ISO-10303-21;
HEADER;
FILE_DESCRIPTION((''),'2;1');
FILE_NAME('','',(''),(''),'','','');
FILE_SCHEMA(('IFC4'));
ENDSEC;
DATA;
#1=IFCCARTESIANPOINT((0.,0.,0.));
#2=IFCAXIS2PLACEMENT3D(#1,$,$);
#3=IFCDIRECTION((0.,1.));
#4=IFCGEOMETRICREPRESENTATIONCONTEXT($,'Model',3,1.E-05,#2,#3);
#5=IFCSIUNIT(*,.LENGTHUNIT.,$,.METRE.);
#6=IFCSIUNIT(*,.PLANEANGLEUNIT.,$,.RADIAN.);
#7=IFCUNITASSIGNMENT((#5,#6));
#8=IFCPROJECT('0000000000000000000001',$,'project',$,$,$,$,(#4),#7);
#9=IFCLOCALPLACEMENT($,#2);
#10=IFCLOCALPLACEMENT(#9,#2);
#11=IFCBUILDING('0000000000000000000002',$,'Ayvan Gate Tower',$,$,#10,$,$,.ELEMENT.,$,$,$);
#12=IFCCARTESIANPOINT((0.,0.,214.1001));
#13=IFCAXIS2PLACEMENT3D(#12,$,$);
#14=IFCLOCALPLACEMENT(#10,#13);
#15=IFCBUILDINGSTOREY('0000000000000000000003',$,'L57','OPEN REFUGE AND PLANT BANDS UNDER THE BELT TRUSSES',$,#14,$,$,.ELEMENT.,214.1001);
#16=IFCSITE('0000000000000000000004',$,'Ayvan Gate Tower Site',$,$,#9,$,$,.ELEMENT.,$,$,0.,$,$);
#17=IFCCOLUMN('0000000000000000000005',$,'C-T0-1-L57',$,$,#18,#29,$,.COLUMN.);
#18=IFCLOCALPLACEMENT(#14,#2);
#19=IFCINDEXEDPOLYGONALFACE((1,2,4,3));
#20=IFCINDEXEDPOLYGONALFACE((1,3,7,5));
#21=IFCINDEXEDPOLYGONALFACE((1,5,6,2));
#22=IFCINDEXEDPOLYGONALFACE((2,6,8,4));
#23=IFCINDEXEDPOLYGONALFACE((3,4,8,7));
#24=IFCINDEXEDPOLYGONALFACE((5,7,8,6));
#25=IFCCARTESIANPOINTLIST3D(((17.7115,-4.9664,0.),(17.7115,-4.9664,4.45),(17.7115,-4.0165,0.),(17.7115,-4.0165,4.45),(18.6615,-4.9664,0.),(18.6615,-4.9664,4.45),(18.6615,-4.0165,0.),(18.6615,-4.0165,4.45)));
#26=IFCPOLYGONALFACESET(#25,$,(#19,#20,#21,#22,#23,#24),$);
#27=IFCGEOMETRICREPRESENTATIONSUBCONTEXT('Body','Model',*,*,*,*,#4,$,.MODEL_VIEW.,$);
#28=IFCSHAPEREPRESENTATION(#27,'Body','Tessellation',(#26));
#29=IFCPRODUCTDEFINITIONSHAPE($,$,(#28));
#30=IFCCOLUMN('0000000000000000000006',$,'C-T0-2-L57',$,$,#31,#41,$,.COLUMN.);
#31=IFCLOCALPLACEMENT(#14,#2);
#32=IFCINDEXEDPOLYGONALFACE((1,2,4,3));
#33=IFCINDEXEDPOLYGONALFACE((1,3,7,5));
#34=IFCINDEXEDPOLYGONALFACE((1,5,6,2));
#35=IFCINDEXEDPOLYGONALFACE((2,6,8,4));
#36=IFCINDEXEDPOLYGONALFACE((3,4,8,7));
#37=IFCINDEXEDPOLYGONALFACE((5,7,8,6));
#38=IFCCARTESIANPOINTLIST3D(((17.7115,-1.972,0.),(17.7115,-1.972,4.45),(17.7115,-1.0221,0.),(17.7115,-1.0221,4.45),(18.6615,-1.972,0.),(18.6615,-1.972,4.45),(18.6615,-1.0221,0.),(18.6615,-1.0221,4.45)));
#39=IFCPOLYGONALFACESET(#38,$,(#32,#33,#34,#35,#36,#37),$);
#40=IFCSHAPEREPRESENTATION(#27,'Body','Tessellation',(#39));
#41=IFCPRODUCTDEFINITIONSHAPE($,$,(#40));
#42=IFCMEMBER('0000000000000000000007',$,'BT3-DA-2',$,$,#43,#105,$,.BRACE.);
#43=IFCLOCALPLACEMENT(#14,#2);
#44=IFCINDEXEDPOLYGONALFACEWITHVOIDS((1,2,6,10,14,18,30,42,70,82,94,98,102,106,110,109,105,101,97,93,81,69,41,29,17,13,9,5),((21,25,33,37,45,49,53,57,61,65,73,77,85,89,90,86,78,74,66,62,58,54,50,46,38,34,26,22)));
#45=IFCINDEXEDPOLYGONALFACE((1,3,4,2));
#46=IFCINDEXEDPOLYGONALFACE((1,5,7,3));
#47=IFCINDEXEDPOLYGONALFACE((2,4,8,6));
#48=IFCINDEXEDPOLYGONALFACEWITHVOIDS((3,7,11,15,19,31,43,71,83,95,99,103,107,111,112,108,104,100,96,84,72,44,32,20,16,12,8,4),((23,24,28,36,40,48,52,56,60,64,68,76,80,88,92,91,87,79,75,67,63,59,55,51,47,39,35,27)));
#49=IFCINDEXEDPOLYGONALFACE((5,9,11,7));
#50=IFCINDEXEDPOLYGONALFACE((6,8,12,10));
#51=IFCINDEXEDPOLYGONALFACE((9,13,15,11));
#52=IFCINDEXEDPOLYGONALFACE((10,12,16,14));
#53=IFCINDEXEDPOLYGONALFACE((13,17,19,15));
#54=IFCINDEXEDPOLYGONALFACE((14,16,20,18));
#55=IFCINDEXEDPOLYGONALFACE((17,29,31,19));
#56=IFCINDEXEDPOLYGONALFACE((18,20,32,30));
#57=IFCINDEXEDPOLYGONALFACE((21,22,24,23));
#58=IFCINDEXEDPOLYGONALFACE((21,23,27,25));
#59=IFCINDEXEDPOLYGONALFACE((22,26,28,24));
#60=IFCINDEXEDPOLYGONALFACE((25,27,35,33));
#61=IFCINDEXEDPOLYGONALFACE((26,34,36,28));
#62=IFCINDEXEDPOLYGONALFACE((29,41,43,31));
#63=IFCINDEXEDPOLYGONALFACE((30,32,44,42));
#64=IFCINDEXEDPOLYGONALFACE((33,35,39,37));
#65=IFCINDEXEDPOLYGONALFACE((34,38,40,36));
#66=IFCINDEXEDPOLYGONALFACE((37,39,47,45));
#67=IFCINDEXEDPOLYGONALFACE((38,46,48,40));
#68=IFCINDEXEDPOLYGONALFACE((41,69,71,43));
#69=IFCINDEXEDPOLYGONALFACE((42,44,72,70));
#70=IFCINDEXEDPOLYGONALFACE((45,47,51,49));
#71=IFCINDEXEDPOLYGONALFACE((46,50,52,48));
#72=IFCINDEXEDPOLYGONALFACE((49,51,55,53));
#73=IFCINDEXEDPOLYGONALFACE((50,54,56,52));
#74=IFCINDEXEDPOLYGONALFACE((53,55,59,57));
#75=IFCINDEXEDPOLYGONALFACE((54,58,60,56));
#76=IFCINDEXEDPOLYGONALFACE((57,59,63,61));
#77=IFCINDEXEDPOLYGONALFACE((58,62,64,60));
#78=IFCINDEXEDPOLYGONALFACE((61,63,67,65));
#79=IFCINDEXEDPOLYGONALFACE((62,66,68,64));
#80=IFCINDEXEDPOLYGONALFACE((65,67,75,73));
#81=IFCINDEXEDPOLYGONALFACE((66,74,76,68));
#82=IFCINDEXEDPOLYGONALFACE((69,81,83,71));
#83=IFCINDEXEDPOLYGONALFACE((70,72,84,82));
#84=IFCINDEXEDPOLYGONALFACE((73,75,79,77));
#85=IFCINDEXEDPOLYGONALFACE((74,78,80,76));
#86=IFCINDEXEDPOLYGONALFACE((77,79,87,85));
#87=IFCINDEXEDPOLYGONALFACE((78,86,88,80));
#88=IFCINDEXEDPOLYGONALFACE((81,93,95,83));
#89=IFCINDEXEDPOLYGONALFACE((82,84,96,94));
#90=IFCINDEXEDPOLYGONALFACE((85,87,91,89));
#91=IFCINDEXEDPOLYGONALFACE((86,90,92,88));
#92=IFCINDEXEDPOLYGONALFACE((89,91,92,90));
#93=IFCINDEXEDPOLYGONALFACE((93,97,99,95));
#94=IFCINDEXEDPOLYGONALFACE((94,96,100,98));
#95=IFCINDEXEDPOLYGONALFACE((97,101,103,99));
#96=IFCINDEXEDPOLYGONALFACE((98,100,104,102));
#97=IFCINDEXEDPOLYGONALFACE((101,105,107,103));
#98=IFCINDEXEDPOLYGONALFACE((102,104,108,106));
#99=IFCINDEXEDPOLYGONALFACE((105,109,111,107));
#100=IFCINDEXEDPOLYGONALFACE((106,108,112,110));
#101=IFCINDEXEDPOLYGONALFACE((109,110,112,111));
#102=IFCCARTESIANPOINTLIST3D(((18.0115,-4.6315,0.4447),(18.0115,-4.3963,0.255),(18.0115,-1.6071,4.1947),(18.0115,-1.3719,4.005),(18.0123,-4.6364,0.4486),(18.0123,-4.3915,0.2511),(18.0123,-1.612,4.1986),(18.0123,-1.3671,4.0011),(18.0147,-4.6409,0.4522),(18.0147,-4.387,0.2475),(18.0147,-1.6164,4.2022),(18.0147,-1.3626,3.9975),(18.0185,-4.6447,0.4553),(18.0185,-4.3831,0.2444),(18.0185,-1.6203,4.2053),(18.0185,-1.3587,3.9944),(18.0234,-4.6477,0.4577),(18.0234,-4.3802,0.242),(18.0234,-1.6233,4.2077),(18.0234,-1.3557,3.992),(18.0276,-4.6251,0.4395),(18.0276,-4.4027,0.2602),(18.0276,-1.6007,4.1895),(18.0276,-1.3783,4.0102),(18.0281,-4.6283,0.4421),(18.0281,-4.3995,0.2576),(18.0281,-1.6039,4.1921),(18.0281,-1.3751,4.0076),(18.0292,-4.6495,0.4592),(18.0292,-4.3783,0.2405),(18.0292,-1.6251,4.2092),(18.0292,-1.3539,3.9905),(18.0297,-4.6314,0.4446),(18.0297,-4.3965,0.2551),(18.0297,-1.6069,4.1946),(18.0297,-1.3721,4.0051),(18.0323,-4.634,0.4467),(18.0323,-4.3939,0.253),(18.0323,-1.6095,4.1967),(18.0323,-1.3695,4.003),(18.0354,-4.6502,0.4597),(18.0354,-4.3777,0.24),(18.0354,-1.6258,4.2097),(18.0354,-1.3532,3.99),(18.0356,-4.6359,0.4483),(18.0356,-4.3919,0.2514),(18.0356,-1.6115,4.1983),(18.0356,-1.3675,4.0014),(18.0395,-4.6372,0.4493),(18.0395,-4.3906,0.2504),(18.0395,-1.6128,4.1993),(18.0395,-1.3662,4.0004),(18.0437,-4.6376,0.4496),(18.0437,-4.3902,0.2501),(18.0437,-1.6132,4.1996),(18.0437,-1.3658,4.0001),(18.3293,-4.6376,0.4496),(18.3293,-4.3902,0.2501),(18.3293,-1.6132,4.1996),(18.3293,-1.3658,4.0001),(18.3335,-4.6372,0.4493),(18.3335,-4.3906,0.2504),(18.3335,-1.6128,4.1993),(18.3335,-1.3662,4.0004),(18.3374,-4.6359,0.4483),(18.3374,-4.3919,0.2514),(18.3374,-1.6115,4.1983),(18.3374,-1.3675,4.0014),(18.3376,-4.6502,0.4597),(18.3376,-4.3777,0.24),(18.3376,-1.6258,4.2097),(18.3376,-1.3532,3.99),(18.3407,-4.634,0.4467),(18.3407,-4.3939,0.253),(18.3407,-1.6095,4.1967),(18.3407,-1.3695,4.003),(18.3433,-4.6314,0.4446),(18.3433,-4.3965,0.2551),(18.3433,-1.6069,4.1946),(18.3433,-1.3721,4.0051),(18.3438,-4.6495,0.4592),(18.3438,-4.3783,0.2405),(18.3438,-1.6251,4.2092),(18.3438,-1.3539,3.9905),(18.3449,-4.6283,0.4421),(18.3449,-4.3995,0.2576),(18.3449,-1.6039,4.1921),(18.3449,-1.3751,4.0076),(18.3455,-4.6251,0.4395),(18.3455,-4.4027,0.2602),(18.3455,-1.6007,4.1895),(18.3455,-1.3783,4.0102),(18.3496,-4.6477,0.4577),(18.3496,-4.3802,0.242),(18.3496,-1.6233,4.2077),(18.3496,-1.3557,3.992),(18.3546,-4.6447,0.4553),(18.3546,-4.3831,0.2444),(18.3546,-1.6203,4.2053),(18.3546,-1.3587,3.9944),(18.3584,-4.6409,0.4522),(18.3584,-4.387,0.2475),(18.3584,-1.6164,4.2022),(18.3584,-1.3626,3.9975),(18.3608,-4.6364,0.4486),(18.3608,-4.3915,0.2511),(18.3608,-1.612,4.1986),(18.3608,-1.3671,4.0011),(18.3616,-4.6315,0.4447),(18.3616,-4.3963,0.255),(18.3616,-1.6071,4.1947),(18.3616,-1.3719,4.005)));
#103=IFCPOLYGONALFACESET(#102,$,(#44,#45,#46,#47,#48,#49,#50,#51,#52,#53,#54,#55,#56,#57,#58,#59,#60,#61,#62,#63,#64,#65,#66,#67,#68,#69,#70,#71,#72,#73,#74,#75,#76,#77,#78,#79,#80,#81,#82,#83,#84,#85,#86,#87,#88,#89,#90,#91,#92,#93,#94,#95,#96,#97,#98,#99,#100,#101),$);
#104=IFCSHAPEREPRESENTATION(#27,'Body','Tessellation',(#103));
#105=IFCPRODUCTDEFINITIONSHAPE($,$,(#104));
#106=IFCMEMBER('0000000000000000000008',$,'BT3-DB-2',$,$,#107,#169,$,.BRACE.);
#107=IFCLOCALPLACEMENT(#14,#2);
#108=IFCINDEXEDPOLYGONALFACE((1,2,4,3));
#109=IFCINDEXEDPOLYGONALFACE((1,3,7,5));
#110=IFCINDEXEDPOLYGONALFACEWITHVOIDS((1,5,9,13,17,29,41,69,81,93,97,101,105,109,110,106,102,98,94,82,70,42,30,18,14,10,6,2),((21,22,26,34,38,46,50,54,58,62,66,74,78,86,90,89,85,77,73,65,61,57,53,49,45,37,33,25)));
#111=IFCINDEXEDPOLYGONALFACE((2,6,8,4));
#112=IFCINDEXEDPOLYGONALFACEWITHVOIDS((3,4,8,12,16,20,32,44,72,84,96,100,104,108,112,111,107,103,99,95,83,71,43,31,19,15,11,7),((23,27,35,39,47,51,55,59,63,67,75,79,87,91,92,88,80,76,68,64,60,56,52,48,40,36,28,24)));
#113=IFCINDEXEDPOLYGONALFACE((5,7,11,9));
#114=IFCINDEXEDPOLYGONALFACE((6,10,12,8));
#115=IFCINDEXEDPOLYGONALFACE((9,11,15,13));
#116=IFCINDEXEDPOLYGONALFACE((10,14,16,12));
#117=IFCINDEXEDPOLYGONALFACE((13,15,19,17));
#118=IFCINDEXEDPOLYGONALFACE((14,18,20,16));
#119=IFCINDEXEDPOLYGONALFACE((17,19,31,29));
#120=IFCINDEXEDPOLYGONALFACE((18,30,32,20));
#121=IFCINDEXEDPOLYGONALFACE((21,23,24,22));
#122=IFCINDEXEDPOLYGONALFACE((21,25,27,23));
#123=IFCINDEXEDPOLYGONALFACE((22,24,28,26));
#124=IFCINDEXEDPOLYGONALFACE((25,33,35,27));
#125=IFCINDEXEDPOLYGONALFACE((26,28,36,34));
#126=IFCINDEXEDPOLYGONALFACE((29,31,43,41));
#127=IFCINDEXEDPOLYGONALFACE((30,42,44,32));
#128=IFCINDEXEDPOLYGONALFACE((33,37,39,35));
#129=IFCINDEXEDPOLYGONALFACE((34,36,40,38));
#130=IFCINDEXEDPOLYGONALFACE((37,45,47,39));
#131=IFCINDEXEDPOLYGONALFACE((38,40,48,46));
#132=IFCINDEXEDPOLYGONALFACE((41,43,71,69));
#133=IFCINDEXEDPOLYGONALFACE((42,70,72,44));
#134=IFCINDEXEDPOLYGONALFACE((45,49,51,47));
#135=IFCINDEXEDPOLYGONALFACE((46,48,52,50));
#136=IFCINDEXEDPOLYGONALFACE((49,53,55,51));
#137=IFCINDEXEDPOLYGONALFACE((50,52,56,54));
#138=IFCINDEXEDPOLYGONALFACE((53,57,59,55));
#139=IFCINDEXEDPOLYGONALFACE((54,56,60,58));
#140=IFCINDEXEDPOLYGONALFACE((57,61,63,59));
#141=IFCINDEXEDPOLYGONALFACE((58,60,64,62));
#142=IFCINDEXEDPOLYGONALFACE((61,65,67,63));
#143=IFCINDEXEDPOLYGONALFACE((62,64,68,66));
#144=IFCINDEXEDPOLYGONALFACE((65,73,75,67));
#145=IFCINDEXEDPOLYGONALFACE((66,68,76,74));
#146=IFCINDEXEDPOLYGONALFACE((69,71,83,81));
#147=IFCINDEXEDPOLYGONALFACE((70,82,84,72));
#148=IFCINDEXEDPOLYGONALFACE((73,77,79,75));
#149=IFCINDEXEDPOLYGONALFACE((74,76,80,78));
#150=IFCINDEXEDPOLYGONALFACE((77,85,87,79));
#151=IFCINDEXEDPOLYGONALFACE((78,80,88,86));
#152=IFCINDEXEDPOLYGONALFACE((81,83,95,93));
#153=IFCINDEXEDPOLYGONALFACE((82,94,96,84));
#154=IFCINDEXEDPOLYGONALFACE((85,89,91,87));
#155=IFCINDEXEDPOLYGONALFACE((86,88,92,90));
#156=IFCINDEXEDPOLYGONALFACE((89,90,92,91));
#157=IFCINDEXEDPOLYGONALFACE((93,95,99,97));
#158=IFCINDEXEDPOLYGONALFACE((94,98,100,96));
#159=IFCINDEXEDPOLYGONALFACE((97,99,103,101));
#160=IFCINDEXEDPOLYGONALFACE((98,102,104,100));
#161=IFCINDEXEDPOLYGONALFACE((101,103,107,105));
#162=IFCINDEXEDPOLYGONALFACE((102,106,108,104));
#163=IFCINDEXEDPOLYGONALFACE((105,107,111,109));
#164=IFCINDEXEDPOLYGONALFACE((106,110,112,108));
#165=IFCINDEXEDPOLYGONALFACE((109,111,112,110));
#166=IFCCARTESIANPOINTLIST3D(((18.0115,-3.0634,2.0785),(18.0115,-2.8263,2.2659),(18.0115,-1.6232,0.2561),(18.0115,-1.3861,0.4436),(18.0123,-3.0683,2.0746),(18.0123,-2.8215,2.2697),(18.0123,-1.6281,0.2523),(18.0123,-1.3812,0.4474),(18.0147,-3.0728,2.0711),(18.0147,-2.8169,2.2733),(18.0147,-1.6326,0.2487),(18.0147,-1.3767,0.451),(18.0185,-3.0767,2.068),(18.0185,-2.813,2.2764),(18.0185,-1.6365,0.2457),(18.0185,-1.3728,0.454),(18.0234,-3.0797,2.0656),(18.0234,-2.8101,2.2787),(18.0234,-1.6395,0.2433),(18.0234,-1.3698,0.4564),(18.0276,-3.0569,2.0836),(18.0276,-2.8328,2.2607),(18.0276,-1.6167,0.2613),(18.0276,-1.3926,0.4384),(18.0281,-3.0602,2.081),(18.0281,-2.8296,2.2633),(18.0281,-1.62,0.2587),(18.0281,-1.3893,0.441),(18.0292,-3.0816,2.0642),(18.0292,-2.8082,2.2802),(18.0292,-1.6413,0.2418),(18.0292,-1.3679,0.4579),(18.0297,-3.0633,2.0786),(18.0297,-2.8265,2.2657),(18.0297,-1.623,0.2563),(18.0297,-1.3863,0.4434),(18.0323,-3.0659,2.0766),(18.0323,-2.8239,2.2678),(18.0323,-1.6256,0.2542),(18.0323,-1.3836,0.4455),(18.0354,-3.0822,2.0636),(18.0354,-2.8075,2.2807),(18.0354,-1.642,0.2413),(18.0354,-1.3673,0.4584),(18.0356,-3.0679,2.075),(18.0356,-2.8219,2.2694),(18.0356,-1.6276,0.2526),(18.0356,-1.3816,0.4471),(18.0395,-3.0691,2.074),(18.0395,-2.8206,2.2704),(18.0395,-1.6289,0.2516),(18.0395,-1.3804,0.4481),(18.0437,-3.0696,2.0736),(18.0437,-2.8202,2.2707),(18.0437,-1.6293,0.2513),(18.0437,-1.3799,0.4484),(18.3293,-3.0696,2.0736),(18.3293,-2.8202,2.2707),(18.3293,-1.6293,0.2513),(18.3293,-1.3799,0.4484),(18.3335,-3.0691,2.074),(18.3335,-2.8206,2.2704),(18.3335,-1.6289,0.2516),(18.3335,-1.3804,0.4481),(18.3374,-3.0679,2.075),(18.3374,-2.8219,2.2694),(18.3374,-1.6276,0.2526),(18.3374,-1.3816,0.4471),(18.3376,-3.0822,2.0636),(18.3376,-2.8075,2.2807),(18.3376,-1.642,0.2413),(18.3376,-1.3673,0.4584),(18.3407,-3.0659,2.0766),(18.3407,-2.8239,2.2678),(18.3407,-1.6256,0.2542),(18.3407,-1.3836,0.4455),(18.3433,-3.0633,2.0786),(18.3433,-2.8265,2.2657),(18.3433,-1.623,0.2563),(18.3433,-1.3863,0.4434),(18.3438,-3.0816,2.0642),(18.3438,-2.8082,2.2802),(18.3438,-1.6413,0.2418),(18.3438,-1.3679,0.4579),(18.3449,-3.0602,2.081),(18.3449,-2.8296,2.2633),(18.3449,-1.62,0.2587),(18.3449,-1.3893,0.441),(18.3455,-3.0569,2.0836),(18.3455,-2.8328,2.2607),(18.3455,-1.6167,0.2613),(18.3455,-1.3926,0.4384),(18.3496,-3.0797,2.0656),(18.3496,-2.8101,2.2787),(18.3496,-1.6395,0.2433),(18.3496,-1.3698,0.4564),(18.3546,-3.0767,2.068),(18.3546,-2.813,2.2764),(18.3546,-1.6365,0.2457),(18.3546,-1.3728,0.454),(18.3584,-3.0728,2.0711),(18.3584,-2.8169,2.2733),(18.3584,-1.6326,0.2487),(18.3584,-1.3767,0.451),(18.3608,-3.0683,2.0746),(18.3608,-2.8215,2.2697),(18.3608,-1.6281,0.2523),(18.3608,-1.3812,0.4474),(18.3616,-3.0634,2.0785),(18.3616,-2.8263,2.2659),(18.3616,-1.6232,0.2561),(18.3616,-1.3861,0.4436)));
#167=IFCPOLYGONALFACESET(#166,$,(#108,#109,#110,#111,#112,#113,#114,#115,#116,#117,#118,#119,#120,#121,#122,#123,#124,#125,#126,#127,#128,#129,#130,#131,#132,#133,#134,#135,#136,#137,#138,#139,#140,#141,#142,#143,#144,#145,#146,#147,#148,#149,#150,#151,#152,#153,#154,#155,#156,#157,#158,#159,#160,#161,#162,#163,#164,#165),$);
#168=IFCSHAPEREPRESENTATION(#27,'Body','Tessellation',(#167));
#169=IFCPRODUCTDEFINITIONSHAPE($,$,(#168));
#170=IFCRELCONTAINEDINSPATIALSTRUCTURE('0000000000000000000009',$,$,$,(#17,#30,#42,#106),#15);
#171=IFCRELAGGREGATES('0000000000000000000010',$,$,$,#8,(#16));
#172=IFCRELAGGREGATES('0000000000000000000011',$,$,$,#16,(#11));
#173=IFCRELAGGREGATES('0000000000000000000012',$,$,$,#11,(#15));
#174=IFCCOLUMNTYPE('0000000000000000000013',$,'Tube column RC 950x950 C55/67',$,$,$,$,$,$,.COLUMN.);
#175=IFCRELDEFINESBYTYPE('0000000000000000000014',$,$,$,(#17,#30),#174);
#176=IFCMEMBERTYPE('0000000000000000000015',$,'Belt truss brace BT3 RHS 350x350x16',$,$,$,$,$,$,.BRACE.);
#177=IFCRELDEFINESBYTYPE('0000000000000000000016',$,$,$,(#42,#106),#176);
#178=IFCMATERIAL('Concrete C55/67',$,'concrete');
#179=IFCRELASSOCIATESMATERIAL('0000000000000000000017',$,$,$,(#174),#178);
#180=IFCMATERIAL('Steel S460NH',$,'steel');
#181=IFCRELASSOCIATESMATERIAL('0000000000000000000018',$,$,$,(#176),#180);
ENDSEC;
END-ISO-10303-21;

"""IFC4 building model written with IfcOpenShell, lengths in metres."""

from ifc_helpers import new_model, si_unit, direction, frame, origin, origin_2d, place, context, subcontext, project, spatial, rectangle, hollow_rectangle, extrude, material, material_profile, profile_set, type_object, element, save


model = new_model("IFC4")

# Units and contexts
model_context = context("Model", 3, precision=1e-05, world=origin(), true_north=direction((0.0, 1.0)))
body_context = subcontext(model_context, "Body", "Model", "MODEL_VIEW")
ifc_project = project(units=[si_unit("LENGTHUNIT", "METRE"), si_unit("PLANEANGLEUNIT", "RADIAN")], contexts=[model_context])

# Site, building, storey
site_placement = place(None, origin())
site = spatial("IfcSite", under=ifc_project, at=site_placement, Name="Ayvan Gate Tower Site", CompositionType="ELEMENT", RefElevation=0.0)
building_placement = place(site_placement, origin())
building = spatial("IfcBuilding", under=site, at=building_placement, Name="Ayvan Gate Tower", CompositionType="ELEMENT")
storey_placement = place(building_placement, frame((0.0, 0.0, 214.1001)))
storey = spatial("IfcBuildingStorey", under=building, at=storey_placement, Name="L57", Description="OPEN REFUGE AND PLANT BANDS UNDER THE BELT TRUSSES", CompositionType="ELEMENT", Elevation=214.1001)

# Columns
ifc_material_1 = material(Name="Concrete C55/67", Category="concrete")
ifc_material_profile_1 = material_profile(ifc_material_1, rectangle(XDim=0.95, YDim=0.95, at=origin_2d()), Name="RC 950x950")
ifc_profile_set_1 = profile_set([ifc_material_profile_1], Name="Concrete C55/67")
column_type = type_object("IfcColumnType", Name="Tube column RC 950x950 C55/67", PredefinedType="COLUMN", material=ifc_profile_set_1)
for number, where, z_axis, x_axis, name in (
    (1, (18.1865, -4.4915, 0.0), (0.0, 0.0, 1.0), (1.0, 0.0, 0.0), "C-T0-1-L57"),
    (2, (18.1865, -1.4971, 0.0), (0.0, 0.0, 1.0), (1.0, 0.0, 0.0), "C-T0-2-L57"),
):
    element("IfcColumn", number, at=place(storey_placement, frame(where, z_axis=z_axis, x_axis=x_axis)), inside=storey, type_object=column_type, Name=name, PredefinedType="COLUMN", context=body_context, shape_type="SweptSolid", body=[
        extrude(rectangle(XDim=0.95, YDim=0.95, at=origin_2d()), origin(), (0.0, 0.0, 1.0), 4.45),
    ])

# Members
ifc_material_2 = material(Name="Steel S460NH", Category="steel")
ifc_material_profile_2 = material_profile(ifc_material_2, hollow_rectangle(XDim=0.3501, YDim=0.3501, WallThickness=0.0161, InnerFilletRadius=0.0161, OuterFilletRadius=0.0239, at=origin_2d()), Name="RHS 350x350x16")
ifc_profile_set_2 = profile_set([ifc_material_profile_2], Name="Steel S460NH")
member_type_1 = type_object("IfcMemberType", Name="Belt truss brace BT3 RHS 350x350x16", PredefinedType="BRACE", material=ifc_profile_set_2)
member_1_placement = place(storey_placement, frame((18.1865, -4.5139, 0.3499), z_axis=(0.0, 0.62778, 0.778391), x_axis=(-1.0, 0.0, 0.0)))
element("IfcMember", 3, at=member_1_placement, inside=storey, type_object=member_type_1, Name="BT3-DA-2", PredefinedType="BRACE", context=body_context, shape_type="SweptSolid", body=[
    extrude(hollow_rectangle(XDim=0.3501, YDim=0.3501, WallThickness=0.0161, InnerFilletRadius=0.0161, OuterFilletRadius=0.0239, at=origin_2d()), origin(), (0.0, 0.0, 1.0), 4.8176),
])
member_2_placement = place(storey_placement, frame((18.1865, -1.5046, 0.3499), z_axis=(0.0, -0.620057, 0.784557), x_axis=(1.0, 0.0, 0.0)))
element("IfcMember", 4, at=member_2_placement, inside=storey, type_object=member_type_1, Name="BT3-DB-2", PredefinedType="BRACE", context=body_context, shape_type="SweptSolid", body=[
    extrude(hollow_rectangle(XDim=0.3501, YDim=0.3501, WallThickness=0.0161, InnerFilletRadius=0.0161, OuterFilletRadius=0.0239, at=origin_2d()), origin(), (0.0, 0.0, 1.0), 2.3228),
])

save(model, "model.ifc")
